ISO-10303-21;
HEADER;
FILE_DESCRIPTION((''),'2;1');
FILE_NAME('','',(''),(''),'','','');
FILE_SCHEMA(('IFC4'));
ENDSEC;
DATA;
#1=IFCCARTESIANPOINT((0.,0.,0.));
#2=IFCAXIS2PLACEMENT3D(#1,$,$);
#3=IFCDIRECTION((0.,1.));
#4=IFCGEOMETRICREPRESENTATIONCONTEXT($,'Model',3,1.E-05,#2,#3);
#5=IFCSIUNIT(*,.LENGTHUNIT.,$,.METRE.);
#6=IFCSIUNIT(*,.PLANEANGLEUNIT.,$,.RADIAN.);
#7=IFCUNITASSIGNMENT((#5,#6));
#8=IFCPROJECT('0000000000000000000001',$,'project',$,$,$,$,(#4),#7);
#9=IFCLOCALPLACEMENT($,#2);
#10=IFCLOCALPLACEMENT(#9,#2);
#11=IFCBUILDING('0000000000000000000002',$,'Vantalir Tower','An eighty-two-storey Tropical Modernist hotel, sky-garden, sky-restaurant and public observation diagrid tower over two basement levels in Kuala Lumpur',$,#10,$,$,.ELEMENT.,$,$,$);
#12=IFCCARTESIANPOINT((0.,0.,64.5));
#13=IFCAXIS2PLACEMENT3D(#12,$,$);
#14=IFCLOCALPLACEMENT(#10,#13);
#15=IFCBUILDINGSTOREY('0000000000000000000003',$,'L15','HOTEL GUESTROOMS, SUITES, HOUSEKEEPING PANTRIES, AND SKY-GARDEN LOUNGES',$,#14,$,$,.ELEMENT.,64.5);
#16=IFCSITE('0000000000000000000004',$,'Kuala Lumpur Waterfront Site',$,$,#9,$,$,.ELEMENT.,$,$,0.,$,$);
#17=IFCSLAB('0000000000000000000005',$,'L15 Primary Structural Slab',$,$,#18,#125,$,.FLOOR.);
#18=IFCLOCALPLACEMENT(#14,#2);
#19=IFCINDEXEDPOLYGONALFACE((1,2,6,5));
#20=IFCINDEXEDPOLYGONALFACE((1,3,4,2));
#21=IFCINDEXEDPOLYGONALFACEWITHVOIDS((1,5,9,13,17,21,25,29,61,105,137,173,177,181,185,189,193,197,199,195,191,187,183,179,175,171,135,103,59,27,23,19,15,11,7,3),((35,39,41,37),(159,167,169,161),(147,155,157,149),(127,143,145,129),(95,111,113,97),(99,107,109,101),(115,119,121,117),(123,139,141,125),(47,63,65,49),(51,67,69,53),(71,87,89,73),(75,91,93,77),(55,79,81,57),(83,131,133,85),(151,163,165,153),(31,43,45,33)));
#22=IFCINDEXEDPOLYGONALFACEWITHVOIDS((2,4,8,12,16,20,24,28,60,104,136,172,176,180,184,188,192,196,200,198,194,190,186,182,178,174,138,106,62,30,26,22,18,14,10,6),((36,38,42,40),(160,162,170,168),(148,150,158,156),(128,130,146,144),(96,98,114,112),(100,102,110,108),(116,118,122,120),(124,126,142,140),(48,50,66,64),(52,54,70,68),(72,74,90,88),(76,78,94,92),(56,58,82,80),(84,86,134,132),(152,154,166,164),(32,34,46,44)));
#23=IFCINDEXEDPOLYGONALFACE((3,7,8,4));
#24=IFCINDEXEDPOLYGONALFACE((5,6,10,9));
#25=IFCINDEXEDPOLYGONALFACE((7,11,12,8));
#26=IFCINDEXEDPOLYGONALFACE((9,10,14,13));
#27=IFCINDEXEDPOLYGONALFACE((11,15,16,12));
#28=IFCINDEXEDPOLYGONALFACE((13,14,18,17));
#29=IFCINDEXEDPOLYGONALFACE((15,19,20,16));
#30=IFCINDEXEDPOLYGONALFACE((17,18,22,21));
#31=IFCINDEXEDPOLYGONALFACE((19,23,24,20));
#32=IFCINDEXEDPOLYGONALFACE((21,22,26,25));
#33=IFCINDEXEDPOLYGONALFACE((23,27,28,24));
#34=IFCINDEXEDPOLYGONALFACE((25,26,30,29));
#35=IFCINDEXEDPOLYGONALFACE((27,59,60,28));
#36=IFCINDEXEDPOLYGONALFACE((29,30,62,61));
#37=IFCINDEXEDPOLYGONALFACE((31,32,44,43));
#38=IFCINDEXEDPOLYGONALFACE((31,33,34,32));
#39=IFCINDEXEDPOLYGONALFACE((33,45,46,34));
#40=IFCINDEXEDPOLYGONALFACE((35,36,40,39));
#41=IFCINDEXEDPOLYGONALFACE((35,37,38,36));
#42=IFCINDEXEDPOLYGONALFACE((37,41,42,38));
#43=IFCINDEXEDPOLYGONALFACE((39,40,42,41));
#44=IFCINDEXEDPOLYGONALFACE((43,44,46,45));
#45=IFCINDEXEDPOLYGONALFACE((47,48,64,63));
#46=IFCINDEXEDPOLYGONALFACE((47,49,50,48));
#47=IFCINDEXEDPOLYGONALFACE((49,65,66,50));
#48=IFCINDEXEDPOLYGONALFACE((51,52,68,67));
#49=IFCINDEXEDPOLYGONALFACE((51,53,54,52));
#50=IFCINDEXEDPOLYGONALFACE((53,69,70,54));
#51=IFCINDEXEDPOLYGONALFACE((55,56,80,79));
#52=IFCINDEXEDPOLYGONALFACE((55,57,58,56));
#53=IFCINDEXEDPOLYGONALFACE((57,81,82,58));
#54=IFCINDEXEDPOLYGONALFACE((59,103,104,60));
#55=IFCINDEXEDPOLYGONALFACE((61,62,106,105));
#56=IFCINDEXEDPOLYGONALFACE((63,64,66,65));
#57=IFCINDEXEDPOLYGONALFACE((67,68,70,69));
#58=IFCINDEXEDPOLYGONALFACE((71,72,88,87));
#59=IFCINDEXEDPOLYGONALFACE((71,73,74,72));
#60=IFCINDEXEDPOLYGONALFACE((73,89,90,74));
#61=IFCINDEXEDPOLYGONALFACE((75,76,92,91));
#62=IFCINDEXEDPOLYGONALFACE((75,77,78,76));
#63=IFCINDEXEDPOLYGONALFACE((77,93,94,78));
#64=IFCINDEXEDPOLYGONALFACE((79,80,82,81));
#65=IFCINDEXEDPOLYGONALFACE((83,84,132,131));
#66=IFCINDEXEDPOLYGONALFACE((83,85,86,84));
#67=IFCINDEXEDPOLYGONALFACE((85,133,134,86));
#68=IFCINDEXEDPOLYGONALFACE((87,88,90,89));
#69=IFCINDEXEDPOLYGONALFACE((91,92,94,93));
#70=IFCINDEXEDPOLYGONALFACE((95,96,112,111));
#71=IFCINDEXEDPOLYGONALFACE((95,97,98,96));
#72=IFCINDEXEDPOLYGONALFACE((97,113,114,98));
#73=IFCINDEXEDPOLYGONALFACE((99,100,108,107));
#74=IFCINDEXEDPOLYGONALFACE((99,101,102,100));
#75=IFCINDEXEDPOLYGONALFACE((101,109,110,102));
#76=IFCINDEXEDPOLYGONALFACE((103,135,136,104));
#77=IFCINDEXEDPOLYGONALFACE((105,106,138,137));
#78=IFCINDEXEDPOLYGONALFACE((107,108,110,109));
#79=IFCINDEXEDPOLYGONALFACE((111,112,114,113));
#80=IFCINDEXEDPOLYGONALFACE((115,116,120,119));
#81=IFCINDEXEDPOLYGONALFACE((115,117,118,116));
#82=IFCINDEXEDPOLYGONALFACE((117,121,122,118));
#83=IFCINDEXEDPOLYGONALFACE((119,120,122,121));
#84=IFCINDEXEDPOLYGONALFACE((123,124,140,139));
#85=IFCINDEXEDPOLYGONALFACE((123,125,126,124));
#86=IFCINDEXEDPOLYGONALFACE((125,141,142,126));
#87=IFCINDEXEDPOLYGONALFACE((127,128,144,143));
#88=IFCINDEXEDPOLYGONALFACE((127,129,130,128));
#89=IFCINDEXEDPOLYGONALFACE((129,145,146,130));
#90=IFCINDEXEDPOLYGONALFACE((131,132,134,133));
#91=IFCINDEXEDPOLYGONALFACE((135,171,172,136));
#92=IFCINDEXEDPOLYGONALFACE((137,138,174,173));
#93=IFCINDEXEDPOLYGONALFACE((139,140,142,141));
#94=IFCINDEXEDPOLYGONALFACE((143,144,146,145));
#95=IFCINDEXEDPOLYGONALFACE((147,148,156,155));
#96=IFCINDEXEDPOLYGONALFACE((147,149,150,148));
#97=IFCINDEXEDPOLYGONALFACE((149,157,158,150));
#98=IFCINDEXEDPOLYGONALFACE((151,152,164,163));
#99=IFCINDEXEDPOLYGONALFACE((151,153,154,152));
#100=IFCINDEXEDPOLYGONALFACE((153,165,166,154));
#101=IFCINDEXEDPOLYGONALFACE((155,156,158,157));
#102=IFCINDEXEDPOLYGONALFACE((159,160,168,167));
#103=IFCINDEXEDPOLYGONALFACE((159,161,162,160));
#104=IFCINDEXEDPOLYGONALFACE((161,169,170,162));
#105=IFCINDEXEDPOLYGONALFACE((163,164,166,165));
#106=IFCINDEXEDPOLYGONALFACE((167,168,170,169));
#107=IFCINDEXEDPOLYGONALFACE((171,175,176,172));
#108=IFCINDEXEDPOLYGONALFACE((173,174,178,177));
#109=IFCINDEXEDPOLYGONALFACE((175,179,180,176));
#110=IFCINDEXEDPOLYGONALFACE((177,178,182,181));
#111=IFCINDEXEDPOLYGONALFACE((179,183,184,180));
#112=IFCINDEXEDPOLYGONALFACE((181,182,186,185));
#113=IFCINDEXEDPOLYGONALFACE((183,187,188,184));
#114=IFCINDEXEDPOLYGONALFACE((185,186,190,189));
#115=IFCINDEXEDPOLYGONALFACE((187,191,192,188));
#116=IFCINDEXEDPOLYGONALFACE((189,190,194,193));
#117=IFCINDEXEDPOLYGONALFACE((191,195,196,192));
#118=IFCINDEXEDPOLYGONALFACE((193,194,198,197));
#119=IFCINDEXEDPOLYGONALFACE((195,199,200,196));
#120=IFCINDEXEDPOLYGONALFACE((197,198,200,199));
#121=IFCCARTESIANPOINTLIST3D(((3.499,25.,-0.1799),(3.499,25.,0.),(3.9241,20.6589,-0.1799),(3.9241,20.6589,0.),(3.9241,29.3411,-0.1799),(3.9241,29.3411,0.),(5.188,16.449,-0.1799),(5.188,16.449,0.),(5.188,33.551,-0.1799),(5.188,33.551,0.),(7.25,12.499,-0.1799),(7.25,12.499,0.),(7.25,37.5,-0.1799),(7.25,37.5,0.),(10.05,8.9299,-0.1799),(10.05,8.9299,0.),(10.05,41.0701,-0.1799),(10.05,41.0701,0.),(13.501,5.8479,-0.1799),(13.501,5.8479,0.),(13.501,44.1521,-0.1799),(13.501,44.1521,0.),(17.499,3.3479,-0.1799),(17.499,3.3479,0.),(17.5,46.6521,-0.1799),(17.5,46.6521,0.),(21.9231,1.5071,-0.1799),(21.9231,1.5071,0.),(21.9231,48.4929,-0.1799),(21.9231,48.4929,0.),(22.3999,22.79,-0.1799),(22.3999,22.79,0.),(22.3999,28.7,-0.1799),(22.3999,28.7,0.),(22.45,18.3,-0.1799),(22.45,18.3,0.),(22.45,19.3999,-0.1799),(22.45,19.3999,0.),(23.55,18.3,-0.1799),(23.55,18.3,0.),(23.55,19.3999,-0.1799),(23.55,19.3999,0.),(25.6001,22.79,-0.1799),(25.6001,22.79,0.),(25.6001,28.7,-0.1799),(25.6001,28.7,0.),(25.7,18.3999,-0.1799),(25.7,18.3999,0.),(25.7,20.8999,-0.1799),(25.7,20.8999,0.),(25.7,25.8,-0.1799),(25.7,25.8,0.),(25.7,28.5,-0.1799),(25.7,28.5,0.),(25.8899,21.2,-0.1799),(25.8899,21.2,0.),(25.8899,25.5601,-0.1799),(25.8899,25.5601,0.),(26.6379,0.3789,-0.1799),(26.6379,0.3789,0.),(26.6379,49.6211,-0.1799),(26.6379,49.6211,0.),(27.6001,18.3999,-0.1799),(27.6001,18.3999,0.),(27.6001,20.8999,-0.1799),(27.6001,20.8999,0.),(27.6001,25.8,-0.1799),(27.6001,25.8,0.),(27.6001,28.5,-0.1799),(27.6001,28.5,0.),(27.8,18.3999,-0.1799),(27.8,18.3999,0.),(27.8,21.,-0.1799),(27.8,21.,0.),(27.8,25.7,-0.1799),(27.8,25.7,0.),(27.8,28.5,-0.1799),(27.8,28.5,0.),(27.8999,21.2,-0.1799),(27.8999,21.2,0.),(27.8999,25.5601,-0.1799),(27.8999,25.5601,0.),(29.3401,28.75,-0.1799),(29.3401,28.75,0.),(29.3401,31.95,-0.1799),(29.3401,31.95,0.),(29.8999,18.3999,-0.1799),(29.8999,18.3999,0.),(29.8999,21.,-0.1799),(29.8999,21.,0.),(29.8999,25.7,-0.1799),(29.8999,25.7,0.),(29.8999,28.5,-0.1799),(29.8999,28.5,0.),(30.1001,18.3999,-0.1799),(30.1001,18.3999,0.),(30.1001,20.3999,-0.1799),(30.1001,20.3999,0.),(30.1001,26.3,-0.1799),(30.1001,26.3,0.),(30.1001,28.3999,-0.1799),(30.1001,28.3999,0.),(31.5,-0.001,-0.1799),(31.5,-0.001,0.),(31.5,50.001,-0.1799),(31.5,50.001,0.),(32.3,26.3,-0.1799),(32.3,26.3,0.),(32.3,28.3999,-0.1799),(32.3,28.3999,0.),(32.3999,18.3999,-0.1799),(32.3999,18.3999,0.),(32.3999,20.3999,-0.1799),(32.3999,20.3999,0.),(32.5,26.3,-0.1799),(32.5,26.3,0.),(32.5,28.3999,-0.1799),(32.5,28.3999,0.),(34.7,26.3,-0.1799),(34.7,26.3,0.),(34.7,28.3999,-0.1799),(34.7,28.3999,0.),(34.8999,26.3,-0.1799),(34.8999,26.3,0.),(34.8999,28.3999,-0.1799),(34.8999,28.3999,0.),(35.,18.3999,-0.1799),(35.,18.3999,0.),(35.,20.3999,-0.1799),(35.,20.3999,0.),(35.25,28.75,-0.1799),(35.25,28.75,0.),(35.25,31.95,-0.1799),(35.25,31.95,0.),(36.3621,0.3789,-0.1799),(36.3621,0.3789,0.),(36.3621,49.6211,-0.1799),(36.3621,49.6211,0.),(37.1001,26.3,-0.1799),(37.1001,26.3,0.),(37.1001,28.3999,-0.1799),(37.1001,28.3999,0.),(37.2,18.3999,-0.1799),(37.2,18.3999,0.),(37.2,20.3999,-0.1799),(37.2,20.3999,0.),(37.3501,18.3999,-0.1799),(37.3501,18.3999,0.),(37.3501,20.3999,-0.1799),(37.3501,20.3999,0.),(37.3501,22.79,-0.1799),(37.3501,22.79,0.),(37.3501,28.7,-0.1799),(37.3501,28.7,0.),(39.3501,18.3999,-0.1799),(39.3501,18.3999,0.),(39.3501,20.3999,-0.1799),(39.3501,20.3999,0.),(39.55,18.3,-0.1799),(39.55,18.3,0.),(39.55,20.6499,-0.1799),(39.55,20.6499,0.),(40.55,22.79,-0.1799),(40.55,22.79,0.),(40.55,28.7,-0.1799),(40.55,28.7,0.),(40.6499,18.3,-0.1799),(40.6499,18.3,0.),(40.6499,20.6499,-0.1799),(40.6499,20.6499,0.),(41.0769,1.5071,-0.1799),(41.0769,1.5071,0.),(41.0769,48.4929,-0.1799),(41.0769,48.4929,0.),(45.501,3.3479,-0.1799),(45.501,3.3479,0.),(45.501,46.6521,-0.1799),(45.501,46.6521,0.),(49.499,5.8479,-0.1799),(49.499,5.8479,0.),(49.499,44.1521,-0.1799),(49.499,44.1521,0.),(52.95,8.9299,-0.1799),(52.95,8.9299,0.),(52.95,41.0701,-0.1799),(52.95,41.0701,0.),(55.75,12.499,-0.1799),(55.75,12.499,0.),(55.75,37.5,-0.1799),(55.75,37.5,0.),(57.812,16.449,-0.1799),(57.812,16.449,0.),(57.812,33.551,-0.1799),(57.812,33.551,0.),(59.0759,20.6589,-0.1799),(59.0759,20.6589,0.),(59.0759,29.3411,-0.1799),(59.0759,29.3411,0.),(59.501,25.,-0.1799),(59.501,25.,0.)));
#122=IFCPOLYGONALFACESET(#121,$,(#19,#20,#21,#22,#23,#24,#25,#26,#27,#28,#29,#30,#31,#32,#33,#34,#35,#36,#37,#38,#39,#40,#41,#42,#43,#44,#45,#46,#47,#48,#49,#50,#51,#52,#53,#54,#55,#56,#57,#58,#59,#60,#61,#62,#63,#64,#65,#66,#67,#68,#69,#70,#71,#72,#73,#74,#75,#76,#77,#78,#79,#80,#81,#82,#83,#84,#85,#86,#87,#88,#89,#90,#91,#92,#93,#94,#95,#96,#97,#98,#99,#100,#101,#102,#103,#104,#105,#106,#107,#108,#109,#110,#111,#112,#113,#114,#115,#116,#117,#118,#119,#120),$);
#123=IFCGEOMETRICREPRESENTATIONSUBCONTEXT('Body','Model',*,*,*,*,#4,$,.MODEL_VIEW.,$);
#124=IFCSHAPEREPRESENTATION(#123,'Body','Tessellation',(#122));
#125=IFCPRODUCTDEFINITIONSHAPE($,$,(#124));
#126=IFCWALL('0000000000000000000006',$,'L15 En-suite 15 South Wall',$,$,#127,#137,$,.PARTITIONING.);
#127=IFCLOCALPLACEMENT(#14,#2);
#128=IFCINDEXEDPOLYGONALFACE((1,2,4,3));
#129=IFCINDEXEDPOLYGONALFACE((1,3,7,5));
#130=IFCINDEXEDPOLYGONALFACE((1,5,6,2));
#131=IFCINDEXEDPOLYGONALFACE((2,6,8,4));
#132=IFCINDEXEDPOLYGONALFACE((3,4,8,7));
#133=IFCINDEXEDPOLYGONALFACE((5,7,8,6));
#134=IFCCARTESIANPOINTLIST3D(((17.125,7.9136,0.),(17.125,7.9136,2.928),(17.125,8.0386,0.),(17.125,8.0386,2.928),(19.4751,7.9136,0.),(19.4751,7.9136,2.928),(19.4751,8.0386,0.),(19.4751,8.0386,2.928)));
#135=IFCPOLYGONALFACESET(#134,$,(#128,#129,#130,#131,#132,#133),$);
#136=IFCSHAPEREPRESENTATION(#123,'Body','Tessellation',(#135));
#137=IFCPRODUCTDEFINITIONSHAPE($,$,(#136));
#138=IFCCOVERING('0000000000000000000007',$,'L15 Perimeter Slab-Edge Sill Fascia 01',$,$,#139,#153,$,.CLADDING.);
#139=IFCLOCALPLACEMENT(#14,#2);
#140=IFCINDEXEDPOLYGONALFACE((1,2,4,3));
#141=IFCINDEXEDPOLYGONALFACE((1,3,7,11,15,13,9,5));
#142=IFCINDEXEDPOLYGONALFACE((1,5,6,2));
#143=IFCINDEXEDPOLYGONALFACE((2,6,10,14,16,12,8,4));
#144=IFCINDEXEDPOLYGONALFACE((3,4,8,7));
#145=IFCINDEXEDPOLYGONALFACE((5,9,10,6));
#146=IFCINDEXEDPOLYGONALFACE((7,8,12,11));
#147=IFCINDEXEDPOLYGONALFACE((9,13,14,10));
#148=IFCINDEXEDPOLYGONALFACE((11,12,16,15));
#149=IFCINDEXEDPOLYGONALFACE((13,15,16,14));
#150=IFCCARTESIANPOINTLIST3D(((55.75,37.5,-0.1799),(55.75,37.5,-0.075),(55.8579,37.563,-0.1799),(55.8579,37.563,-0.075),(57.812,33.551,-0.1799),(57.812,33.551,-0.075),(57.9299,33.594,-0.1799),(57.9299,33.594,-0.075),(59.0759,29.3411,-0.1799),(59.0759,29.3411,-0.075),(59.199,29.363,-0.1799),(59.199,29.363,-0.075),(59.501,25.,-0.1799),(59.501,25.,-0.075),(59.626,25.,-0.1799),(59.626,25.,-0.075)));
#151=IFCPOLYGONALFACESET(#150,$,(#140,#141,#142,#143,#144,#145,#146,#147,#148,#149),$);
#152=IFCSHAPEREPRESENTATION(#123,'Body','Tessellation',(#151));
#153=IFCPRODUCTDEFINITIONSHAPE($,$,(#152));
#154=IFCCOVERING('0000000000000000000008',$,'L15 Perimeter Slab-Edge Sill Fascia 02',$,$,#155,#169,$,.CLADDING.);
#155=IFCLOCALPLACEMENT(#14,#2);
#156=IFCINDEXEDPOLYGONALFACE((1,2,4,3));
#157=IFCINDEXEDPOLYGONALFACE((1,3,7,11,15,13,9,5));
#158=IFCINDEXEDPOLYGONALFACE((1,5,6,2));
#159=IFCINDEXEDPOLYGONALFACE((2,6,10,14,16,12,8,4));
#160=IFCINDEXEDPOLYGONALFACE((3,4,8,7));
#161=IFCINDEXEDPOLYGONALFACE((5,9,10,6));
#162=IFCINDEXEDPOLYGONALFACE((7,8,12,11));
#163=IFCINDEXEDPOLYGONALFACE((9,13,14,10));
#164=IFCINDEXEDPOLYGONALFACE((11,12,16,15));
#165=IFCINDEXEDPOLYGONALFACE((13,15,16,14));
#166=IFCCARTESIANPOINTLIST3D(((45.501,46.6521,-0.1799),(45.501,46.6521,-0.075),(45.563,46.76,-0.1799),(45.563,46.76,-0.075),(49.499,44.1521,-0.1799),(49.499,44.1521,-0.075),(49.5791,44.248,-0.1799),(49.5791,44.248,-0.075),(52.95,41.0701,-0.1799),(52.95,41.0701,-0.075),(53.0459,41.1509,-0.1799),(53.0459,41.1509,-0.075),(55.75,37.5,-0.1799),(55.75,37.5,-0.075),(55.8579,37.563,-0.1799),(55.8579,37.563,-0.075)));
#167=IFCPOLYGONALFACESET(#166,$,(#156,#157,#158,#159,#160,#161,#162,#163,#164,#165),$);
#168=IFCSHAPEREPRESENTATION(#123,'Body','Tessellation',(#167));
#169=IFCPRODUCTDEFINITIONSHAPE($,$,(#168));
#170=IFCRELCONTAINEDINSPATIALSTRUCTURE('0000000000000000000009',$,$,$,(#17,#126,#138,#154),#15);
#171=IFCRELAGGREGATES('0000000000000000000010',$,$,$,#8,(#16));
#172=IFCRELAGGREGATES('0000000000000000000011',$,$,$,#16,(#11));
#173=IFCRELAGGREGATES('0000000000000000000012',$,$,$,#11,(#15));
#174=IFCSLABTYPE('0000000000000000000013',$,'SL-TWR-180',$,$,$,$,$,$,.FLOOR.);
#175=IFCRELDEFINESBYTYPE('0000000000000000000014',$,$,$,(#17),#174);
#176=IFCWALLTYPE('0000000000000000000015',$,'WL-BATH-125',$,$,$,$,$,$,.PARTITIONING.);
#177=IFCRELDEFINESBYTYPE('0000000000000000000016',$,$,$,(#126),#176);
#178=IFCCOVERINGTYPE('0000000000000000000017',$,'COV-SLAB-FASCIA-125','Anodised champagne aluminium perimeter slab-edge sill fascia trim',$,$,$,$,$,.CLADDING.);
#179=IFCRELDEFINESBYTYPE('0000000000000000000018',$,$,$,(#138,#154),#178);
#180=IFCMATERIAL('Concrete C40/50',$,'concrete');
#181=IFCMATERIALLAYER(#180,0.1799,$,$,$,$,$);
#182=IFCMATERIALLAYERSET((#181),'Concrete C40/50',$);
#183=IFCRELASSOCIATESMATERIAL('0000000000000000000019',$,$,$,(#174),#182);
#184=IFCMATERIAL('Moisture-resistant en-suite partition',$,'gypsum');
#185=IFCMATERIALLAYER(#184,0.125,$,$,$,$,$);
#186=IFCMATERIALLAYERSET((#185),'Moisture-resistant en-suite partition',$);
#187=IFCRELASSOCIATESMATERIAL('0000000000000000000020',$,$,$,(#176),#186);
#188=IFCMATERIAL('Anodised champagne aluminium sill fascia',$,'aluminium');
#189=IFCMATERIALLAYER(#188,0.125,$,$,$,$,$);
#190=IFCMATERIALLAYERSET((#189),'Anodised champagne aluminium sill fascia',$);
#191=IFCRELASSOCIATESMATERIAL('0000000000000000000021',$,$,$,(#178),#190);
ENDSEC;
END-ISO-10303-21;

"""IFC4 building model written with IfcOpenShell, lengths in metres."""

from ifc_helpers import new_model, si_unit, direction, frame, frame_2d, origin, place, context, subcontext, project, spatial, polyline, rectangle, outline, extrude, material, layer, layer_set, type_object, element, save


model = new_model("IFC4")

# Units and contexts
model_context = context("Model", 3, precision=1e-05, world=origin(), true_north=direction((0.0, 1.0)))
body_context = subcontext(model_context, "Body", "Model", "MODEL_VIEW")
ifc_project = project(units=[si_unit("LENGTHUNIT", "METRE"), si_unit("PLANEANGLEUNIT", "RADIAN")], contexts=[model_context])

# Site, building, storey
site_placement = place(None, origin())
site = spatial("IfcSite", under=ifc_project, at=site_placement, Name="Kuala Lumpur Waterfront Site", CompositionType="ELEMENT", RefElevation=0.0)
building_placement = place(site_placement, origin())
building = spatial("IfcBuilding", under=site, at=building_placement, Name="Vantalir Tower", Description="An eighty-two-storey Tropical Modernist hotel, sky-garden, sky-restaurant and public observation diagrid tower over two basement levels in Kuala Lumpur", CompositionType="ELEMENT")
storey_placement = place(building_placement, frame((0.0, 0.0, 64.5)))
storey = spatial("IfcBuildingStorey", under=building, at=storey_placement, Name="L15", Description="HOTEL GUESTROOMS, SUITES, HOUSEKEEPING PANTRIES, AND SKY-GARDEN LOUNGES", CompositionType="ELEMENT", Elevation=64.5)

# Shared definitions
ifc_material_1 = material(Name="Concrete C40/50", Category="concrete")

# Slab
ifc_layer_1 = layer(ifc_material_1, 0.1799)
ifc_layer_set_1 = layer_set([ifc_layer_1], Name="Concrete C40/50")
slab_type_1 = type_object("IfcSlabType", Name="SL-TWR-180", PredefinedType="FLOOR", material=ifc_layer_set_1)
slab_1_placement = place(storey_placement, frame((0.0, 0.0, -0.1799)))
element("IfcSlab", 1, at=slab_1_placement, inside=storey, type_object=slab_type_1, Name="L15 Primary Structural Slab", PredefinedType="FLOOR", context=body_context, shape_type="SweptSolid", body=[
    extrude(outline(polyline([(7.25, 12.499), (10.05, 8.9299), (13.501, 5.8479), (17.499, 3.3479), (21.9231, 1.5071), (26.6379, 0.3789), (31.5, -0.001), (36.3621, 0.3789), (41.0769, 1.5071), (45.501, 3.3479), (49.499, 5.8479), (52.95, 8.9299), (55.75, 12.499), (57.812, 16.449), (59.0759, 20.6589), (59.501, 25.0), (59.0759, 29.3411), (57.812, 33.551), (55.75, 37.5), (52.95, 41.0701), (49.499, 44.1521), (45.501, 46.6521), (41.0769, 48.4929), (36.3621, 49.6211), (31.5, 50.001), (26.6379, 49.6211), (21.9231, 48.4929), (17.5, 46.6521), (13.501, 44.1521), (10.05, 41.0701), (7.25, 37.5), (5.188, 33.551), (3.9241, 29.3411), (3.499, 25.0), (3.9241, 20.6589), (5.188, 16.449), (7.25, 12.499)]), holes=[polyline([(22.3999, 22.79), (22.3999, 28.7), (25.6001, 28.7), (25.6001, 22.79), (22.3999, 22.79)]), polyline([(37.3501, 28.7), (40.55, 28.7), (40.55, 22.79), (37.3501, 22.79), (37.3501, 28.7)]), polyline([(35.25, 28.75), (29.3401, 28.75), (29.3401, 31.95), (35.25, 31.95), (35.25, 28.75)]), polyline([(27.6001, 18.3999), (25.7, 18.3999), (25.7, 20.8999), (27.6001, 20.8999), (27.6001, 18.3999)]), polyline([(25.7, 25.8), (25.7, 28.5), (27.6001, 28.5), (27.6001, 25.8), (25.7, 25.8)]), polyline([(27.8, 21.0), (29.8999, 21.0), (29.8999, 18.3999), (27.8, 18.3999), (27.8, 21.0)]), polyline([(29.8999, 28.5), (29.8999, 25.7), (27.8, 25.7), (27.8, 28.5), (29.8999, 28.5)]), polyline([(32.3999, 18.3999), (30.1001, 18.3999), (30.1001, 20.3999), (32.3999, 20.3999), (32.3999, 18.3999)]), polyline([(37.3501, 18.3999), (37.3501, 20.3999), (39.3501, 20.3999), (39.3501, 18.3999), (37.3501, 18.3999)]), polyline([(35.0, 20.3999), (37.2, 20.3999), (37.2, 18.3999), (35.0, 18.3999), (35.0, 20.3999)]), polyline([(32.3, 28.3999), (32.3, 26.3), (30.1001, 26.3), (30.1001, 28.3999), (32.3, 28.3999)]), polyline([(34.7, 26.3), (32.5, 26.3), (32.5, 28.3999), (34.7, 28.3999), (34.7, 26.3)]), polyline([(34.8999, 26.3), (34.8999, 28.3999), (37.1001, 28.3999), (37.1001, 26.3), (34.8999, 26.3)]), polyline([(25.8899, 25.5601), (27.8999, 25.5601), (27.8999, 21.2), (25.8899, 21.2), (25.8899, 25.5601)]), polyline([(23.55, 19.3999), (23.55, 18.3), (22.45, 18.3), (22.45, 19.3999), (23.55, 19.3999)]), polyline([(40.6499, 18.3), (39.55, 18.3), (39.55, 20.6499), (40.6499, 20.6499), (40.6499, 18.3)])]), origin(), (0.0, 0.0, 1.0), 0.1799),
])

# Wall
ifc_material_2 = material(Name="Moisture-resistant en-suite partition", Category="gypsum")
ifc_layer_2 = layer(ifc_material_2, 0.125)
ifc_layer_set_2 = layer_set([ifc_layer_2], Name="Moisture-resistant en-suite partition")
wall_type = type_object("IfcWallType", Name="WL-BATH-125", PredefinedType="PARTITIONING", material=ifc_layer_set_2)
wall_placement = place(storey_placement, frame((17.125, 7.9761, 0.0), z_axis=(0.0, 0.0, 1.0), x_axis=(1.0, 0.0, 0.0)))
element("IfcWall", 2, at=wall_placement, inside=storey, type_object=wall_type, Name="L15 En-suite 15 South Wall", PredefinedType="PARTITIONING", context=body_context, shape_type="SweptSolid", body=[
    extrude(rectangle(XDim=2.3501, YDim=0.125, at=frame_2d((1.175, 0.0))), origin(), (0.0, 0.0, 1.0), 2.928),
])

# Coverings
ifc_material_3 = material(Name="Anodised champagne aluminium sill fascia", Category="aluminium")
ifc_layer_3 = layer(ifc_material_3, 0.125)
ifc_layer_set_3 = layer_set([ifc_layer_3], Name="Anodised champagne aluminium sill fascia")
covering_type = type_object("IfcCoveringType", Name="COV-SLAB-FASCIA-125", Description="Anodised champagne aluminium perimeter slab-edge sill fascia trim", PredefinedType="CLADDING", material=ifc_layer_set_3)
covering_1_placement = place(storey_placement, frame((0.0, 0.0, -0.1799)))
element("IfcCovering", 3, at=covering_1_placement, inside=storey, type_object=covering_type, Name="L15 Perimeter Slab-Edge Sill Fascia 01", PredefinedType="CLADDING", context=body_context, shape_type="SweptSolid", body=[
    extrude(outline(polyline([(59.626, 25.0), (59.199, 29.363), (57.9299, 33.594), (55.8579, 37.563), (55.75, 37.5), (57.812, 33.551), (59.0759, 29.3411), (59.501, 25.0), (59.626, 25.0)])), origin(), (0.0, 0.0, 1.0), 0.105),
])
covering_2_placement = place(storey_placement, frame((0.0, 0.0, -0.1799)))
element("IfcCovering", 4, at=covering_2_placement, inside=storey, type_object=covering_type, Name="L15 Perimeter Slab-Edge Sill Fascia 02", PredefinedType="CLADDING", context=body_context, shape_type="SweptSolid", body=[
    extrude(outline(polyline([(55.8579, 37.563), (53.0459, 41.1509), (49.5791, 44.248), (45.563, 46.76), (45.501, 46.6521), (49.499, 44.1521), (52.95, 41.0701), (55.75, 37.5), (55.8579, 37.563)])), origin(), (0.0, 0.0, 1.0), 0.105),
])

save(model, "model.ifc")
